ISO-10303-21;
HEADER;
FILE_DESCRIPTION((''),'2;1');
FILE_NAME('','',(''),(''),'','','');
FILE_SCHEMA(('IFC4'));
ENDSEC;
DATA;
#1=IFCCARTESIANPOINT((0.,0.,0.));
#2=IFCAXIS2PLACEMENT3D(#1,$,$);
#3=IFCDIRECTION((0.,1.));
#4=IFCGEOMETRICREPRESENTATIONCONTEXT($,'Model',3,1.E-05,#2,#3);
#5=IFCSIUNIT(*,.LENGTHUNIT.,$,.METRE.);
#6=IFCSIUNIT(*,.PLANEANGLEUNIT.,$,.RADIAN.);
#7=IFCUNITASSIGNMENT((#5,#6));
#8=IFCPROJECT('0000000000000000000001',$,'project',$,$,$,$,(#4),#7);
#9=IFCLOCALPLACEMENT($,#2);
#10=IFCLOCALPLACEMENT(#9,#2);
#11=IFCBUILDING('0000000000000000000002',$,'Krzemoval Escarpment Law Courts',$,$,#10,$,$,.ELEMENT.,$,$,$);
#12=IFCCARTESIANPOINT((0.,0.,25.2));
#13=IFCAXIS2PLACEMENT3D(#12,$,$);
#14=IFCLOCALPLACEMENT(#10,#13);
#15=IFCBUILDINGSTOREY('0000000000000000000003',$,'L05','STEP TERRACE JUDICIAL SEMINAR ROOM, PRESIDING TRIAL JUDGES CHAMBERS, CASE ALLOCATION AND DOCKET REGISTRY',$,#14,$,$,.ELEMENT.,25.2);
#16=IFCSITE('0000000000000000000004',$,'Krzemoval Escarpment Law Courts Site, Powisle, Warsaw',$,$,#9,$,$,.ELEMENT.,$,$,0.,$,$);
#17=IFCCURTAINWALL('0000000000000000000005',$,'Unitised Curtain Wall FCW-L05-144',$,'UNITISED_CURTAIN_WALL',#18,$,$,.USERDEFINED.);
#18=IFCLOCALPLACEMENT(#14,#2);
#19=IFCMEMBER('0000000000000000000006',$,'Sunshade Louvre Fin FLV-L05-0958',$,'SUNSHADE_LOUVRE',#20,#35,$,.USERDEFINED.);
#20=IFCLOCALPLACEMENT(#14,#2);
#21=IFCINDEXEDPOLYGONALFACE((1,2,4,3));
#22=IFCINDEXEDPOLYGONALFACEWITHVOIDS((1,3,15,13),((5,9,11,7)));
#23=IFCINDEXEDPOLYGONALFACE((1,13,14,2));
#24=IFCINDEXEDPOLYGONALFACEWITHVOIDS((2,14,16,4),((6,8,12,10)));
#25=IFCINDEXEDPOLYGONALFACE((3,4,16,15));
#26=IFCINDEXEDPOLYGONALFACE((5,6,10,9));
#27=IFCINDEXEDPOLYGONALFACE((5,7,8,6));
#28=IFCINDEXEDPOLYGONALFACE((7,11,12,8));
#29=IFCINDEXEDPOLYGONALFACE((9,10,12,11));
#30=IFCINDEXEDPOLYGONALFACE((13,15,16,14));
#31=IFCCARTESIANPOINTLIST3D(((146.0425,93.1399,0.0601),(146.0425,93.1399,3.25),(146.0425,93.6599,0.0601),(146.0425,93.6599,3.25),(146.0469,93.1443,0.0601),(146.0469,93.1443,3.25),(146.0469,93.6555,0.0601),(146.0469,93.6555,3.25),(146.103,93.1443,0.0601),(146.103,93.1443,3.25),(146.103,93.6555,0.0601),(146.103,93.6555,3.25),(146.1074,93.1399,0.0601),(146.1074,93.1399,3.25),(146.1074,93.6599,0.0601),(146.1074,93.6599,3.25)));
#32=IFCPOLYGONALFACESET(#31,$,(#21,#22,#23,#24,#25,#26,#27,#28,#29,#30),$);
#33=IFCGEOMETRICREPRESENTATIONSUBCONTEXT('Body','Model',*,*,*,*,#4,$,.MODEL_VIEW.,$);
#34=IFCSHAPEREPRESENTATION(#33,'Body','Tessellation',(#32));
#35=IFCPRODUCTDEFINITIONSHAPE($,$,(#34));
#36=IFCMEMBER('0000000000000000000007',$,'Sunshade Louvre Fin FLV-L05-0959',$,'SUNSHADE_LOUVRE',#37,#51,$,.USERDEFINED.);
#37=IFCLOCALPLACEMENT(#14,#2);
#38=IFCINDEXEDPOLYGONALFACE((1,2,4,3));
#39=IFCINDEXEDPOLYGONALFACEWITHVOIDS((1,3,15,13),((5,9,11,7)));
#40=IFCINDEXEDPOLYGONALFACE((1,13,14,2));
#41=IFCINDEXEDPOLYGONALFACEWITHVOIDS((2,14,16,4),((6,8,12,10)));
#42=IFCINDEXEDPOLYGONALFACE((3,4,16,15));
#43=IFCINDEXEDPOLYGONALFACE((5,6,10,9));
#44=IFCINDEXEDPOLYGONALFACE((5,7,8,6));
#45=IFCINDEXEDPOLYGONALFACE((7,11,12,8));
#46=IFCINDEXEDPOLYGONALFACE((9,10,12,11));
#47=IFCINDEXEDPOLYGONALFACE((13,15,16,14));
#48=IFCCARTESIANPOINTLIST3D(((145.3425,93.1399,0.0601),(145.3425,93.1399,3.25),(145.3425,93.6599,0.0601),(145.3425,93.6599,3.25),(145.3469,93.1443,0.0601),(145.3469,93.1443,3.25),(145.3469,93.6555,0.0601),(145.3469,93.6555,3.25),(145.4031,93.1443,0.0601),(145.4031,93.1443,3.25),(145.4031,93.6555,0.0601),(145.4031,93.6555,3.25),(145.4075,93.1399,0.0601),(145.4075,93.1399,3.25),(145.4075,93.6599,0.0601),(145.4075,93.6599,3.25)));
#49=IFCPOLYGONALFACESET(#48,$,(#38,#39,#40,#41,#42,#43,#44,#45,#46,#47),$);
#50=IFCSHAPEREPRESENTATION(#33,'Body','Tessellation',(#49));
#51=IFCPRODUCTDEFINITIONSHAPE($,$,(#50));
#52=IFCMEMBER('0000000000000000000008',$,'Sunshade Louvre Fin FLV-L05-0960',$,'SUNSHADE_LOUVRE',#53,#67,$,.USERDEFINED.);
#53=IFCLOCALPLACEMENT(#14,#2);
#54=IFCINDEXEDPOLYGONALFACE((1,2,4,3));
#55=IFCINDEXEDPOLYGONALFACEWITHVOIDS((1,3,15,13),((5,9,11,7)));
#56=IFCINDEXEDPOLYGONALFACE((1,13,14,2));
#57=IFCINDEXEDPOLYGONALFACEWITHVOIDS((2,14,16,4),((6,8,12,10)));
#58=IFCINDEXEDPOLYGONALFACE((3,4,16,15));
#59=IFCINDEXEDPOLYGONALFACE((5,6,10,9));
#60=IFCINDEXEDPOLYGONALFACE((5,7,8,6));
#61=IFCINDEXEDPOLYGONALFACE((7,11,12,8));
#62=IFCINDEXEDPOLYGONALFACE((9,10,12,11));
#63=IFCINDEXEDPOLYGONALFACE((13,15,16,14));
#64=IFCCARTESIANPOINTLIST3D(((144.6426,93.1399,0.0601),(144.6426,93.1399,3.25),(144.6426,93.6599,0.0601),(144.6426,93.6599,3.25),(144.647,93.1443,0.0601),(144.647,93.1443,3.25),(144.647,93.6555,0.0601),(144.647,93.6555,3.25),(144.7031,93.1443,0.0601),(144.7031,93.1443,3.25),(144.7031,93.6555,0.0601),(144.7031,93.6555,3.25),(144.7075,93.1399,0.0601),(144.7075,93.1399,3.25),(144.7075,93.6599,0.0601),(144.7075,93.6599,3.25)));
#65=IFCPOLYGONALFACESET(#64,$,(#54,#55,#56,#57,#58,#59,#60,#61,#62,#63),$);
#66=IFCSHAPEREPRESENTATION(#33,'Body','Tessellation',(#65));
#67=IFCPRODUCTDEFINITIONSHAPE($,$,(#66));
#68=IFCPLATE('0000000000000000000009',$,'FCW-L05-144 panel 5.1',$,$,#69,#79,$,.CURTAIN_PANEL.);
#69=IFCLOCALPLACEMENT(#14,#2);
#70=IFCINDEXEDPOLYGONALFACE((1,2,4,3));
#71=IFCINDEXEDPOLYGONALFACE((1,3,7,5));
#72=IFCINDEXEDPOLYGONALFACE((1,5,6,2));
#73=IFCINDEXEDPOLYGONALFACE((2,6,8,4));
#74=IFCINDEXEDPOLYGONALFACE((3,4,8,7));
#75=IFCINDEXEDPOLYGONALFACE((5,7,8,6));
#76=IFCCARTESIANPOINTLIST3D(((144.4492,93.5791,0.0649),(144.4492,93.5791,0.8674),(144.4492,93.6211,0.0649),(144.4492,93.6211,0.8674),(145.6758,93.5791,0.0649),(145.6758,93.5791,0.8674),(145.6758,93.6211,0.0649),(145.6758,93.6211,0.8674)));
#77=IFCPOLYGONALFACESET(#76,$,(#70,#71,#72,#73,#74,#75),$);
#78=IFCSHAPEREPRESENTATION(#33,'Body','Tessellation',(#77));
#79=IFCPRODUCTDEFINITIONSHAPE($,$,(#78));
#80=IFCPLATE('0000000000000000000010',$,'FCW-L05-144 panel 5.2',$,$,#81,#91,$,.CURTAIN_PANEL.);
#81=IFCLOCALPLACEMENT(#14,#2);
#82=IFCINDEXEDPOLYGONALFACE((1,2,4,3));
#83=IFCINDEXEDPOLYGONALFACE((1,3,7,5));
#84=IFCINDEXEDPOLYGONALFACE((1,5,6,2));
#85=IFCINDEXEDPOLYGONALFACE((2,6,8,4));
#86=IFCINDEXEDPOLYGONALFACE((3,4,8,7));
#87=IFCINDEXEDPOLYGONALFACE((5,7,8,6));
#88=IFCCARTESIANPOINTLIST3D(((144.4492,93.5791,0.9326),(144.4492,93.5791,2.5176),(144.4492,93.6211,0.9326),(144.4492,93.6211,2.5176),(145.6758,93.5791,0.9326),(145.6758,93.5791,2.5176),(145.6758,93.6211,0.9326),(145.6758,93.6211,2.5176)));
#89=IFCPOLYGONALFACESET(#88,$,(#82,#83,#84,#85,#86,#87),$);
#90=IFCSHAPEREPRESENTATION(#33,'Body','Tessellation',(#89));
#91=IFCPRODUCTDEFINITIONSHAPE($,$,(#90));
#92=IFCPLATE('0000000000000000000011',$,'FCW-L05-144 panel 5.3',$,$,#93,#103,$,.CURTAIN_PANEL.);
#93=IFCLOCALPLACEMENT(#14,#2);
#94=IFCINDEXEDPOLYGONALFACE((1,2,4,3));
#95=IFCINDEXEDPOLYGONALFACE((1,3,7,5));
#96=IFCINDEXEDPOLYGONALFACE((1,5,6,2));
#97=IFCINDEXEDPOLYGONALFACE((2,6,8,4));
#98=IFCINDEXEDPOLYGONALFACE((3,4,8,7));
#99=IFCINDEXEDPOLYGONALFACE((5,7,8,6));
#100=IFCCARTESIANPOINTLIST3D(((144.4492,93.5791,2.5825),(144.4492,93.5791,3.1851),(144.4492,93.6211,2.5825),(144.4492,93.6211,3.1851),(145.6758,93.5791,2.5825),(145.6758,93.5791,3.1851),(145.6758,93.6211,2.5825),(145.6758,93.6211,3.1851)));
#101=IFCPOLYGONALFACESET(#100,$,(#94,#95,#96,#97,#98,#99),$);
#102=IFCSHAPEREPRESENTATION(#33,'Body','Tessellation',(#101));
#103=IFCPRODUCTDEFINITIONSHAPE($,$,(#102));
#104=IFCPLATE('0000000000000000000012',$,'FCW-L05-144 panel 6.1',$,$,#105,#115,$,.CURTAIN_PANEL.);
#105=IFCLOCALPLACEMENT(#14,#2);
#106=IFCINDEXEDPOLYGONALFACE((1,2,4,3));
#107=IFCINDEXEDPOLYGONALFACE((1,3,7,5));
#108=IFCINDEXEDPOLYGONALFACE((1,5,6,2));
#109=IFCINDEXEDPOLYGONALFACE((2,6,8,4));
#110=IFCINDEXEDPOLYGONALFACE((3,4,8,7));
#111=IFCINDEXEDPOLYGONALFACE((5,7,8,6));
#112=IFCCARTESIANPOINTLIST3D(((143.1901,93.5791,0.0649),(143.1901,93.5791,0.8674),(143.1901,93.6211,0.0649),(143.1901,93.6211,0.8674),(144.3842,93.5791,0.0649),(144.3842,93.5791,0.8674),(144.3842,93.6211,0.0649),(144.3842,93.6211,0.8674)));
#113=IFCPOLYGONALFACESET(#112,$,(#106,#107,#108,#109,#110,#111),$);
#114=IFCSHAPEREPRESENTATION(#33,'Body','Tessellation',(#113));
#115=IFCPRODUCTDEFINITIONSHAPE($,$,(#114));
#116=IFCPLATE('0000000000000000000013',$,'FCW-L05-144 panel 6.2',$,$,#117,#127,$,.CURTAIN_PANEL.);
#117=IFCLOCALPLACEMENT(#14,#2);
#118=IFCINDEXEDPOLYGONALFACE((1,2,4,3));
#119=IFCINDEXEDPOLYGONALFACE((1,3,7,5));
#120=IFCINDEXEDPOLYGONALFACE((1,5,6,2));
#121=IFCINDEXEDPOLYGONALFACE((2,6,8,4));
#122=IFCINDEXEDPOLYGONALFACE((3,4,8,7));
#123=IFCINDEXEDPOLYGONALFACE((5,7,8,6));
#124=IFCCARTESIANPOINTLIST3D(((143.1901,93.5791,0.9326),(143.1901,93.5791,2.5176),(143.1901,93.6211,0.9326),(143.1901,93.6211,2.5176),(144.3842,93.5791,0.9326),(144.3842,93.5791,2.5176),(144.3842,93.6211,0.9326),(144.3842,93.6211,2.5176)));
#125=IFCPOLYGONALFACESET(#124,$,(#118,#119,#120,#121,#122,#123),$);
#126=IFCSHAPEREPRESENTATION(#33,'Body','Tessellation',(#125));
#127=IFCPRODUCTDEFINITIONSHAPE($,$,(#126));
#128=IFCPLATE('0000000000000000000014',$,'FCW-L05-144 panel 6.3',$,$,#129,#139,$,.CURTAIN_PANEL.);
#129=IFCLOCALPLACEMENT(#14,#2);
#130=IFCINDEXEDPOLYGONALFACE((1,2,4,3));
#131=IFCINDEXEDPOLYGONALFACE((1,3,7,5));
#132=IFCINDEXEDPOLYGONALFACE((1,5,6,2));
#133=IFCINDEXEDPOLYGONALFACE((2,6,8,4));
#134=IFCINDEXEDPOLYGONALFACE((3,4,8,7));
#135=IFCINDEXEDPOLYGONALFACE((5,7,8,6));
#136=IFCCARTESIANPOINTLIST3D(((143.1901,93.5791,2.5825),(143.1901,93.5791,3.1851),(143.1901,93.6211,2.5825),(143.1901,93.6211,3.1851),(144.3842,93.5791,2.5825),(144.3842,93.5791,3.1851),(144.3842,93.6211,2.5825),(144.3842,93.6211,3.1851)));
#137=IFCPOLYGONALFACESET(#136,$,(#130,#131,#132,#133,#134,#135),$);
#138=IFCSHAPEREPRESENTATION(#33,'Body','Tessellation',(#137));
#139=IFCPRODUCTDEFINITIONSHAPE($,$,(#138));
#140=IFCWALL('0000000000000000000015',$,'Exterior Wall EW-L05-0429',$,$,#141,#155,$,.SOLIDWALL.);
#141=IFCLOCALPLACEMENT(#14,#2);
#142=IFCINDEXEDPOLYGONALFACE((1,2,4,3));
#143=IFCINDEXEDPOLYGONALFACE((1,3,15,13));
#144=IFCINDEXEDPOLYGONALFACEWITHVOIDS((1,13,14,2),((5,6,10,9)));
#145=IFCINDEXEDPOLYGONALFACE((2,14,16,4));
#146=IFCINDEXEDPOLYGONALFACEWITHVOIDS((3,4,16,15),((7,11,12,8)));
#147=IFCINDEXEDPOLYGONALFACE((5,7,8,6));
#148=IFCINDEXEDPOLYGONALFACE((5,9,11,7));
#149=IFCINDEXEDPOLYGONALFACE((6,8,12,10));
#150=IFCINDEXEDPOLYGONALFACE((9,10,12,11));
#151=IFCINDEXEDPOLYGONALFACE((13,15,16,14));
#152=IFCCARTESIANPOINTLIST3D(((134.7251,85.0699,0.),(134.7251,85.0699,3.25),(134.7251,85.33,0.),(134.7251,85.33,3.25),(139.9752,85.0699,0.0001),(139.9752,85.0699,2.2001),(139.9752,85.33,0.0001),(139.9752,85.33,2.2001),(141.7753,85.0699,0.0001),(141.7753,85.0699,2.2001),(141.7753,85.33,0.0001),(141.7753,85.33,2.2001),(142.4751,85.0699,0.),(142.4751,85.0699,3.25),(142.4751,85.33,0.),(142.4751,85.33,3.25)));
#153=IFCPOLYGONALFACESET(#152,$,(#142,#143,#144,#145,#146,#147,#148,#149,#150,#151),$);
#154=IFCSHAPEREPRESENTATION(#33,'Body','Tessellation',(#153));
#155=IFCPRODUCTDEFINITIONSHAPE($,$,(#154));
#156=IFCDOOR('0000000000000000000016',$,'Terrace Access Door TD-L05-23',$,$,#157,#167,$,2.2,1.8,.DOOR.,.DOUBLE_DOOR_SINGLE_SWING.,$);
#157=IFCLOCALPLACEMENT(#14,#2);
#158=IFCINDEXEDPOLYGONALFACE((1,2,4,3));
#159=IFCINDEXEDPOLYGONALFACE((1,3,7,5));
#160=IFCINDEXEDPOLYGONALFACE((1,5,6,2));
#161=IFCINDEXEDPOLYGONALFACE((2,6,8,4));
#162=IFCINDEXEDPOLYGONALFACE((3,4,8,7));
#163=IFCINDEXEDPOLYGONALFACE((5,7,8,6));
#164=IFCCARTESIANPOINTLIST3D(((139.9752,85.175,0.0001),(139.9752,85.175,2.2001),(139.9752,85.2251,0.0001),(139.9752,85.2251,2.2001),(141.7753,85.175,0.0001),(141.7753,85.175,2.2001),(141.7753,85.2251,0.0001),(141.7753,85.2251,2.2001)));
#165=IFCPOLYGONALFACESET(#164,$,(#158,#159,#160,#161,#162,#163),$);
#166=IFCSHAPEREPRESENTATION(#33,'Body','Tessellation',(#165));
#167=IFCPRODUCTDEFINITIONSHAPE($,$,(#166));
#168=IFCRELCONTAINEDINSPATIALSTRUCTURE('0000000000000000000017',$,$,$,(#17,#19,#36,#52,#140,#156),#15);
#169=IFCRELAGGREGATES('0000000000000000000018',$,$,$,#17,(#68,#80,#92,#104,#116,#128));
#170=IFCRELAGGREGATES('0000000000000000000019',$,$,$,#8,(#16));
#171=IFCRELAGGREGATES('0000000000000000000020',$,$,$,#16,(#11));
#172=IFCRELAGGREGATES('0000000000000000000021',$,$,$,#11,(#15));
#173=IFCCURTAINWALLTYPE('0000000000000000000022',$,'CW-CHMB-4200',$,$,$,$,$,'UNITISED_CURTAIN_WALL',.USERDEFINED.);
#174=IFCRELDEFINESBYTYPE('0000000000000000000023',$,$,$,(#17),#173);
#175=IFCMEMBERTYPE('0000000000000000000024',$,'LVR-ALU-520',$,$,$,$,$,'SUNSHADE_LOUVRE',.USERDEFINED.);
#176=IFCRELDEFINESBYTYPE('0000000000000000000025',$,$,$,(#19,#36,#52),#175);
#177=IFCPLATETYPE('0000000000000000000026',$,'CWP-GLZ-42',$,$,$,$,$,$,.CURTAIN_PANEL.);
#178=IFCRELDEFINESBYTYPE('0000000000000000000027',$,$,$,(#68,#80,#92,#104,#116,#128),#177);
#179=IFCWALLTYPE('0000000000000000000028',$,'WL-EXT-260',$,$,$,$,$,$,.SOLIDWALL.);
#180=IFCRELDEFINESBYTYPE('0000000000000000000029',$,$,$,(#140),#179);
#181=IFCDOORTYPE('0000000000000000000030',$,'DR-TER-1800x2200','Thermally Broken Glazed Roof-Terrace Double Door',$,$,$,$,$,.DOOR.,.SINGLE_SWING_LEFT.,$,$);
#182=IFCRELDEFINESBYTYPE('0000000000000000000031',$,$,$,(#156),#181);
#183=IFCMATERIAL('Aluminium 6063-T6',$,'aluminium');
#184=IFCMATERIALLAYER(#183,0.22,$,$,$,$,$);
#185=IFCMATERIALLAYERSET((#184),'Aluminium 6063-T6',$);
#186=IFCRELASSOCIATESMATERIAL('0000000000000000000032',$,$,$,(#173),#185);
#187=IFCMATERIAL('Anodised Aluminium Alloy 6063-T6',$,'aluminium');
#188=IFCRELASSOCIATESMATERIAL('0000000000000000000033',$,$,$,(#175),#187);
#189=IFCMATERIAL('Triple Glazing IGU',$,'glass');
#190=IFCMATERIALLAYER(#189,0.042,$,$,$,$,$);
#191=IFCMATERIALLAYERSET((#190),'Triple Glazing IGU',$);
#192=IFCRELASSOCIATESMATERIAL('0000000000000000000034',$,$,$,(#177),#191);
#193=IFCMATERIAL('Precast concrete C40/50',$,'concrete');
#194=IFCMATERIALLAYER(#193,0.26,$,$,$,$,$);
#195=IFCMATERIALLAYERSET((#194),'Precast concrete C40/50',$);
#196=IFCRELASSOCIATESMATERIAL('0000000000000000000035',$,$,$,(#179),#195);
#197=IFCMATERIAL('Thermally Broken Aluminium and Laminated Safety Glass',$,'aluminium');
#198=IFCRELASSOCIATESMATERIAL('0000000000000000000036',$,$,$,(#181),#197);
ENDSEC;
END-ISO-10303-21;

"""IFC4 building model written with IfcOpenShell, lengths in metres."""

from ifc_helpers import new_model, si_unit, direction, frame, frame_2d, origin, origin_2d, place, context, subcontext, project, spatial, rectangle, hollow_rectangle, extrude, material, layer, layer_set, material_profile, profile_set, type_object, element, fill, aggregate, save


model = new_model("IFC4")

# Units and contexts
model_context = context("Model", 3, precision=1e-05, world=origin(), true_north=direction((0.0, 1.0)))
body_context = subcontext(model_context, "Body", "Model", "MODEL_VIEW")
ifc_project = project(units=[si_unit("LENGTHUNIT", "METRE"), si_unit("PLANEANGLEUNIT", "RADIAN")], contexts=[model_context])

# Site, building, storey
site_placement = place(None, origin())
site = spatial("IfcSite", under=ifc_project, at=site_placement, Name="Krzemoval Escarpment Law Courts Site, Powisle, Warsaw", CompositionType="ELEMENT", RefElevation=0.0)
building_placement = place(site_placement, origin())
building = spatial("IfcBuilding", under=site, at=building_placement, Name="Krzemoval Escarpment Law Courts", CompositionType="ELEMENT")
storey_placement = place(building_placement, frame((0.0, 0.0, 25.2)))
storey = spatial("IfcBuildingStorey", under=building, at=storey_placement, Name="L05", Description="STEP TERRACE JUDICIAL SEMINAR ROOM, PRESIDING TRIAL JUDGES CHAMBERS, CASE ALLOCATION AND DOCKET REGISTRY", CompositionType="ELEMENT", Elevation=25.2)

# Curtain wall
ifc_material_1 = material(Name="Aluminium 6063-T6", Category="aluminium")
ifc_layer_1 = layer(ifc_material_1, 0.22)
ifc_layer_set_1 = layer_set([ifc_layer_1], Name="Aluminium 6063-T6")
curtain_wall_type = type_object("IfcCurtainWallType", Name="CW-CHMB-4200", ElementType="UNITISED_CURTAIN_WALL", PredefinedType="USERDEFINED", material=ifc_layer_set_1)
curtain_wall_placement = place(storey_placement, origin())
curtain_wall = element("IfcCurtainWall", 1, at=curtain_wall_placement, inside=storey, type_object=curtain_wall_type, Name="Unitised Curtain Wall FCW-L05-144", ObjectType="UNITISED_CURTAIN_WALL", PredefinedType="USERDEFINED")

# Members
ifc_material_2 = material(Name="Anodised Aluminium Alloy 6063-T6", Category="aluminium")
ifc_material_profile_1 = material_profile(ifc_material_2, hollow_rectangle(XDim=0.0649, YDim=0.52, WallThickness=0.0044, at=origin_2d()), Name="ALU LVR 65x520")
ifc_profile_set_1 = profile_set([ifc_material_profile_1], Name="Anodised Aluminium Alloy 6063-T6")
member_type_1 = type_object("IfcMemberType", Name="LVR-ALU-520", ElementType="SUNSHADE_LOUVRE", PredefinedType="USERDEFINED", material=ifc_profile_set_1)
for number, where, z_axis, x_axis, name in (
    (2, (146.075, 93.3999, 0.0601), (0.0, 0.0, 1.0), (1.0, 0.0, 0.0), "Sunshade Louvre Fin FLV-L05-0958"),
    (3, (145.375, 93.3999, 0.0601), (0.0, 0.0, 1.0), (1.0, 0.0, 0.0), "Sunshade Louvre Fin FLV-L05-0959"),
    (4, (144.675, 93.3999, 0.0601), (0.0, 0.0, 1.0), (1.0, 0.0, 0.0), "Sunshade Louvre Fin FLV-L05-0960"),
):
    element("IfcMember", number, at=place(storey_placement, frame(where, z_axis=z_axis, x_axis=x_axis)), inside=storey, type_object=member_type_1, Name=name, ObjectType="SUNSHADE_LOUVRE", PredefinedType="USERDEFINED", context=body_context, shape_type="SweptSolid", body=[
        extrude(hollow_rectangle(XDim=0.0649, YDim=0.52, WallThickness=0.0044, at=origin_2d()), origin(), (0.0, 0.0, 1.0), 3.1899),
    ])

# Plates
ifc_material_3 = material(Name="Triple Glazing IGU", Category="glass")
ifc_layer_2 = layer(ifc_material_3, 0.042)
ifc_layer_set_2 = layer_set([ifc_layer_2], Name="Triple Glazing IGU")
plate_type = type_object("IfcPlateType", Name="CWP-GLZ-42", PredefinedType="CURTAIN_PANEL", material=ifc_layer_set_2)
plate_1_placement = place(storey_placement, frame((145.0625, 93.6001, 0.0649), z_axis=(0.0, 0.0, 1.0), x_axis=(-1.0, 0.0, 0.0)))
plate_1 = element("IfcPlate", 5, at=plate_1_placement, type_object=plate_type, Name="FCW-L05-144 panel 5.1", PredefinedType="CURTAIN_PANEL", context=body_context, shape_type="SweptSolid", body=[
    extrude(rectangle(XDim=1.2266, YDim=0.042, at=origin_2d()), origin(), (0.0, 0.0, 1.0), 0.8025),
])
plate_2_placement = place(storey_placement, frame((145.0625, 93.6001, 0.9326), z_axis=(0.0, 0.0, 1.0), x_axis=(-1.0, 0.0, 0.0)))
plate_2 = element("IfcPlate", 6, at=plate_2_placement, type_object=plate_type, Name="FCW-L05-144 panel 5.2", PredefinedType="CURTAIN_PANEL", context=body_context, shape_type="SweptSolid", body=[
    extrude(rectangle(XDim=1.2266, YDim=0.042, at=origin_2d()), origin(), (0.0, 0.0, 1.0), 1.585),
])
plate_3_placement = place(storey_placement, frame((145.0625, 93.6001, 2.5825), z_axis=(0.0, 0.0, 1.0), x_axis=(-1.0, 0.0, 0.0)))
plate_3 = element("IfcPlate", 7, at=plate_3_placement, type_object=plate_type, Name="FCW-L05-144 panel 5.3", PredefinedType="CURTAIN_PANEL", context=body_context, shape_type="SweptSolid", body=[
    extrude(rectangle(XDim=1.2266, YDim=0.042, at=origin_2d()), origin(), (0.0, 0.0, 1.0), 0.6025),
])
plate_4_placement = place(storey_placement, frame((143.7871, 93.6001, 0.0649), z_axis=(0.0, 0.0, 1.0), x_axis=(-1.0, 0.0, 0.0)))
plate_4 = element("IfcPlate", 8, at=plate_4_placement, type_object=plate_type, Name="FCW-L05-144 panel 6.1", PredefinedType="CURTAIN_PANEL", context=body_context, shape_type="SweptSolid", body=[
    extrude(rectangle(XDim=1.1941, YDim=0.042, at=origin_2d()), origin(), (0.0, 0.0, 1.0), 0.8025),
])
plate_5_placement = place(storey_placement, frame((143.7871, 93.6001, 0.9326), z_axis=(0.0, 0.0, 1.0), x_axis=(-1.0, 0.0, 0.0)))
plate_5 = element("IfcPlate", 9, at=plate_5_placement, type_object=plate_type, Name="FCW-L05-144 panel 6.2", PredefinedType="CURTAIN_PANEL", context=body_context, shape_type="SweptSolid", body=[
    extrude(rectangle(XDim=1.1941, YDim=0.042, at=origin_2d()), origin(), (0.0, 0.0, 1.0), 1.585),
])
plate_6_placement = place(storey_placement, frame((143.7871, 93.6001, 2.5825), z_axis=(0.0, 0.0, 1.0), x_axis=(-1.0, 0.0, 0.0)))
plate_6 = element("IfcPlate", 10, at=plate_6_placement, type_object=plate_type, Name="FCW-L05-144 panel 6.3", PredefinedType="CURTAIN_PANEL", context=body_context, shape_type="SweptSolid", body=[
    extrude(rectangle(XDim=1.1941, YDim=0.042, at=origin_2d()), origin(), (0.0, 0.0, 1.0), 0.6025),
])
aggregate(curtain_wall, [plate_1, plate_2, plate_3, plate_4, plate_5, plate_6])

# Wall, opening, door
ifc_material_4 = material(Name="Precast concrete C40/50", Category="concrete")
ifc_layer_3 = layer(ifc_material_4, 0.26)
ifc_layer_set_3 = layer_set([ifc_layer_3], Name="Precast concrete C40/50")
wall_type = type_object("IfcWallType", Name="WL-EXT-260", PredefinedType="SOLIDWALL", material=ifc_layer_set_3)
wall_1_placement = place(storey_placement, frame((142.4751, 85.2, 0.0), z_axis=(0.0, 0.0, 1.0), x_axis=(-1.0, 0.0, 0.0)))
wall_1 = element("IfcWall", 11, at=wall_1_placement, inside=storey, type_object=wall_type, Name="Exterior Wall EW-L05-0429", PredefinedType="SOLIDWALL", context=body_context, shape_type="SweptSolid", body=[
    extrude(rectangle(XDim=7.75, YDim=0.26, at=frame_2d((3.875, 0.0))), origin(), (0.0, 0.0, 1.0), 3.25),
])
opening_1_placement = place(wall_1_placement, frame((0.7, 0.0, 0.0)))
opening_1 = element("IfcOpeningElement", 12, at=opening_1_placement, cuts=wall_1, PredefinedType="OPENING", context=body_context, shape_type="SweptSolid", body=[
    extrude(rectangle(XDim=1.8, YDim=2.2, at=frame_2d((0.8999, 1.1001))), frame((0.0, 0.145, 0.0), z_axis=(0.0, -1.0, 0.0), x_axis=(1.0, 0.0, 0.0)), (0.0, 0.0, 1.0), 0.29),
])
ifc_material_5 = material(Name="Thermally Broken Aluminium and Laminated Safety Glass", Category="aluminium")
door_type = type_object("IfcDoorType", Name="DR-TER-1800x2200", Description="Thermally Broken Glazed Roof-Terrace Double Door", OperationType="SINGLE_SWING_LEFT", PredefinedType="DOOR", material=ifc_material_5)
door_placement = place(opening_1_placement, origin())
door = element("IfcDoor", 13, at=door_placement, inside=storey, type_object=door_type, Name="Terrace Access Door TD-L05-23", OperationType="DOUBLE_DOOR_SINGLE_SWING", OverallHeight=2.2, OverallWidth=1.8, PredefinedType="DOOR", context=body_context, shape_type="SweptSolid", body=[
    extrude(rectangle(XDim=1.8, YDim=2.2, at=frame_2d((0.8999, 1.1001))), frame((0.0, 0.0249, 0.0), z_axis=(0.0, -1.0, 0.0), x_axis=(1.0, 0.0, 0.0)), (0.0, 0.0, 1.0), 0.05),
])
fill(opening_1, door)

save(model, "model.ifc")
